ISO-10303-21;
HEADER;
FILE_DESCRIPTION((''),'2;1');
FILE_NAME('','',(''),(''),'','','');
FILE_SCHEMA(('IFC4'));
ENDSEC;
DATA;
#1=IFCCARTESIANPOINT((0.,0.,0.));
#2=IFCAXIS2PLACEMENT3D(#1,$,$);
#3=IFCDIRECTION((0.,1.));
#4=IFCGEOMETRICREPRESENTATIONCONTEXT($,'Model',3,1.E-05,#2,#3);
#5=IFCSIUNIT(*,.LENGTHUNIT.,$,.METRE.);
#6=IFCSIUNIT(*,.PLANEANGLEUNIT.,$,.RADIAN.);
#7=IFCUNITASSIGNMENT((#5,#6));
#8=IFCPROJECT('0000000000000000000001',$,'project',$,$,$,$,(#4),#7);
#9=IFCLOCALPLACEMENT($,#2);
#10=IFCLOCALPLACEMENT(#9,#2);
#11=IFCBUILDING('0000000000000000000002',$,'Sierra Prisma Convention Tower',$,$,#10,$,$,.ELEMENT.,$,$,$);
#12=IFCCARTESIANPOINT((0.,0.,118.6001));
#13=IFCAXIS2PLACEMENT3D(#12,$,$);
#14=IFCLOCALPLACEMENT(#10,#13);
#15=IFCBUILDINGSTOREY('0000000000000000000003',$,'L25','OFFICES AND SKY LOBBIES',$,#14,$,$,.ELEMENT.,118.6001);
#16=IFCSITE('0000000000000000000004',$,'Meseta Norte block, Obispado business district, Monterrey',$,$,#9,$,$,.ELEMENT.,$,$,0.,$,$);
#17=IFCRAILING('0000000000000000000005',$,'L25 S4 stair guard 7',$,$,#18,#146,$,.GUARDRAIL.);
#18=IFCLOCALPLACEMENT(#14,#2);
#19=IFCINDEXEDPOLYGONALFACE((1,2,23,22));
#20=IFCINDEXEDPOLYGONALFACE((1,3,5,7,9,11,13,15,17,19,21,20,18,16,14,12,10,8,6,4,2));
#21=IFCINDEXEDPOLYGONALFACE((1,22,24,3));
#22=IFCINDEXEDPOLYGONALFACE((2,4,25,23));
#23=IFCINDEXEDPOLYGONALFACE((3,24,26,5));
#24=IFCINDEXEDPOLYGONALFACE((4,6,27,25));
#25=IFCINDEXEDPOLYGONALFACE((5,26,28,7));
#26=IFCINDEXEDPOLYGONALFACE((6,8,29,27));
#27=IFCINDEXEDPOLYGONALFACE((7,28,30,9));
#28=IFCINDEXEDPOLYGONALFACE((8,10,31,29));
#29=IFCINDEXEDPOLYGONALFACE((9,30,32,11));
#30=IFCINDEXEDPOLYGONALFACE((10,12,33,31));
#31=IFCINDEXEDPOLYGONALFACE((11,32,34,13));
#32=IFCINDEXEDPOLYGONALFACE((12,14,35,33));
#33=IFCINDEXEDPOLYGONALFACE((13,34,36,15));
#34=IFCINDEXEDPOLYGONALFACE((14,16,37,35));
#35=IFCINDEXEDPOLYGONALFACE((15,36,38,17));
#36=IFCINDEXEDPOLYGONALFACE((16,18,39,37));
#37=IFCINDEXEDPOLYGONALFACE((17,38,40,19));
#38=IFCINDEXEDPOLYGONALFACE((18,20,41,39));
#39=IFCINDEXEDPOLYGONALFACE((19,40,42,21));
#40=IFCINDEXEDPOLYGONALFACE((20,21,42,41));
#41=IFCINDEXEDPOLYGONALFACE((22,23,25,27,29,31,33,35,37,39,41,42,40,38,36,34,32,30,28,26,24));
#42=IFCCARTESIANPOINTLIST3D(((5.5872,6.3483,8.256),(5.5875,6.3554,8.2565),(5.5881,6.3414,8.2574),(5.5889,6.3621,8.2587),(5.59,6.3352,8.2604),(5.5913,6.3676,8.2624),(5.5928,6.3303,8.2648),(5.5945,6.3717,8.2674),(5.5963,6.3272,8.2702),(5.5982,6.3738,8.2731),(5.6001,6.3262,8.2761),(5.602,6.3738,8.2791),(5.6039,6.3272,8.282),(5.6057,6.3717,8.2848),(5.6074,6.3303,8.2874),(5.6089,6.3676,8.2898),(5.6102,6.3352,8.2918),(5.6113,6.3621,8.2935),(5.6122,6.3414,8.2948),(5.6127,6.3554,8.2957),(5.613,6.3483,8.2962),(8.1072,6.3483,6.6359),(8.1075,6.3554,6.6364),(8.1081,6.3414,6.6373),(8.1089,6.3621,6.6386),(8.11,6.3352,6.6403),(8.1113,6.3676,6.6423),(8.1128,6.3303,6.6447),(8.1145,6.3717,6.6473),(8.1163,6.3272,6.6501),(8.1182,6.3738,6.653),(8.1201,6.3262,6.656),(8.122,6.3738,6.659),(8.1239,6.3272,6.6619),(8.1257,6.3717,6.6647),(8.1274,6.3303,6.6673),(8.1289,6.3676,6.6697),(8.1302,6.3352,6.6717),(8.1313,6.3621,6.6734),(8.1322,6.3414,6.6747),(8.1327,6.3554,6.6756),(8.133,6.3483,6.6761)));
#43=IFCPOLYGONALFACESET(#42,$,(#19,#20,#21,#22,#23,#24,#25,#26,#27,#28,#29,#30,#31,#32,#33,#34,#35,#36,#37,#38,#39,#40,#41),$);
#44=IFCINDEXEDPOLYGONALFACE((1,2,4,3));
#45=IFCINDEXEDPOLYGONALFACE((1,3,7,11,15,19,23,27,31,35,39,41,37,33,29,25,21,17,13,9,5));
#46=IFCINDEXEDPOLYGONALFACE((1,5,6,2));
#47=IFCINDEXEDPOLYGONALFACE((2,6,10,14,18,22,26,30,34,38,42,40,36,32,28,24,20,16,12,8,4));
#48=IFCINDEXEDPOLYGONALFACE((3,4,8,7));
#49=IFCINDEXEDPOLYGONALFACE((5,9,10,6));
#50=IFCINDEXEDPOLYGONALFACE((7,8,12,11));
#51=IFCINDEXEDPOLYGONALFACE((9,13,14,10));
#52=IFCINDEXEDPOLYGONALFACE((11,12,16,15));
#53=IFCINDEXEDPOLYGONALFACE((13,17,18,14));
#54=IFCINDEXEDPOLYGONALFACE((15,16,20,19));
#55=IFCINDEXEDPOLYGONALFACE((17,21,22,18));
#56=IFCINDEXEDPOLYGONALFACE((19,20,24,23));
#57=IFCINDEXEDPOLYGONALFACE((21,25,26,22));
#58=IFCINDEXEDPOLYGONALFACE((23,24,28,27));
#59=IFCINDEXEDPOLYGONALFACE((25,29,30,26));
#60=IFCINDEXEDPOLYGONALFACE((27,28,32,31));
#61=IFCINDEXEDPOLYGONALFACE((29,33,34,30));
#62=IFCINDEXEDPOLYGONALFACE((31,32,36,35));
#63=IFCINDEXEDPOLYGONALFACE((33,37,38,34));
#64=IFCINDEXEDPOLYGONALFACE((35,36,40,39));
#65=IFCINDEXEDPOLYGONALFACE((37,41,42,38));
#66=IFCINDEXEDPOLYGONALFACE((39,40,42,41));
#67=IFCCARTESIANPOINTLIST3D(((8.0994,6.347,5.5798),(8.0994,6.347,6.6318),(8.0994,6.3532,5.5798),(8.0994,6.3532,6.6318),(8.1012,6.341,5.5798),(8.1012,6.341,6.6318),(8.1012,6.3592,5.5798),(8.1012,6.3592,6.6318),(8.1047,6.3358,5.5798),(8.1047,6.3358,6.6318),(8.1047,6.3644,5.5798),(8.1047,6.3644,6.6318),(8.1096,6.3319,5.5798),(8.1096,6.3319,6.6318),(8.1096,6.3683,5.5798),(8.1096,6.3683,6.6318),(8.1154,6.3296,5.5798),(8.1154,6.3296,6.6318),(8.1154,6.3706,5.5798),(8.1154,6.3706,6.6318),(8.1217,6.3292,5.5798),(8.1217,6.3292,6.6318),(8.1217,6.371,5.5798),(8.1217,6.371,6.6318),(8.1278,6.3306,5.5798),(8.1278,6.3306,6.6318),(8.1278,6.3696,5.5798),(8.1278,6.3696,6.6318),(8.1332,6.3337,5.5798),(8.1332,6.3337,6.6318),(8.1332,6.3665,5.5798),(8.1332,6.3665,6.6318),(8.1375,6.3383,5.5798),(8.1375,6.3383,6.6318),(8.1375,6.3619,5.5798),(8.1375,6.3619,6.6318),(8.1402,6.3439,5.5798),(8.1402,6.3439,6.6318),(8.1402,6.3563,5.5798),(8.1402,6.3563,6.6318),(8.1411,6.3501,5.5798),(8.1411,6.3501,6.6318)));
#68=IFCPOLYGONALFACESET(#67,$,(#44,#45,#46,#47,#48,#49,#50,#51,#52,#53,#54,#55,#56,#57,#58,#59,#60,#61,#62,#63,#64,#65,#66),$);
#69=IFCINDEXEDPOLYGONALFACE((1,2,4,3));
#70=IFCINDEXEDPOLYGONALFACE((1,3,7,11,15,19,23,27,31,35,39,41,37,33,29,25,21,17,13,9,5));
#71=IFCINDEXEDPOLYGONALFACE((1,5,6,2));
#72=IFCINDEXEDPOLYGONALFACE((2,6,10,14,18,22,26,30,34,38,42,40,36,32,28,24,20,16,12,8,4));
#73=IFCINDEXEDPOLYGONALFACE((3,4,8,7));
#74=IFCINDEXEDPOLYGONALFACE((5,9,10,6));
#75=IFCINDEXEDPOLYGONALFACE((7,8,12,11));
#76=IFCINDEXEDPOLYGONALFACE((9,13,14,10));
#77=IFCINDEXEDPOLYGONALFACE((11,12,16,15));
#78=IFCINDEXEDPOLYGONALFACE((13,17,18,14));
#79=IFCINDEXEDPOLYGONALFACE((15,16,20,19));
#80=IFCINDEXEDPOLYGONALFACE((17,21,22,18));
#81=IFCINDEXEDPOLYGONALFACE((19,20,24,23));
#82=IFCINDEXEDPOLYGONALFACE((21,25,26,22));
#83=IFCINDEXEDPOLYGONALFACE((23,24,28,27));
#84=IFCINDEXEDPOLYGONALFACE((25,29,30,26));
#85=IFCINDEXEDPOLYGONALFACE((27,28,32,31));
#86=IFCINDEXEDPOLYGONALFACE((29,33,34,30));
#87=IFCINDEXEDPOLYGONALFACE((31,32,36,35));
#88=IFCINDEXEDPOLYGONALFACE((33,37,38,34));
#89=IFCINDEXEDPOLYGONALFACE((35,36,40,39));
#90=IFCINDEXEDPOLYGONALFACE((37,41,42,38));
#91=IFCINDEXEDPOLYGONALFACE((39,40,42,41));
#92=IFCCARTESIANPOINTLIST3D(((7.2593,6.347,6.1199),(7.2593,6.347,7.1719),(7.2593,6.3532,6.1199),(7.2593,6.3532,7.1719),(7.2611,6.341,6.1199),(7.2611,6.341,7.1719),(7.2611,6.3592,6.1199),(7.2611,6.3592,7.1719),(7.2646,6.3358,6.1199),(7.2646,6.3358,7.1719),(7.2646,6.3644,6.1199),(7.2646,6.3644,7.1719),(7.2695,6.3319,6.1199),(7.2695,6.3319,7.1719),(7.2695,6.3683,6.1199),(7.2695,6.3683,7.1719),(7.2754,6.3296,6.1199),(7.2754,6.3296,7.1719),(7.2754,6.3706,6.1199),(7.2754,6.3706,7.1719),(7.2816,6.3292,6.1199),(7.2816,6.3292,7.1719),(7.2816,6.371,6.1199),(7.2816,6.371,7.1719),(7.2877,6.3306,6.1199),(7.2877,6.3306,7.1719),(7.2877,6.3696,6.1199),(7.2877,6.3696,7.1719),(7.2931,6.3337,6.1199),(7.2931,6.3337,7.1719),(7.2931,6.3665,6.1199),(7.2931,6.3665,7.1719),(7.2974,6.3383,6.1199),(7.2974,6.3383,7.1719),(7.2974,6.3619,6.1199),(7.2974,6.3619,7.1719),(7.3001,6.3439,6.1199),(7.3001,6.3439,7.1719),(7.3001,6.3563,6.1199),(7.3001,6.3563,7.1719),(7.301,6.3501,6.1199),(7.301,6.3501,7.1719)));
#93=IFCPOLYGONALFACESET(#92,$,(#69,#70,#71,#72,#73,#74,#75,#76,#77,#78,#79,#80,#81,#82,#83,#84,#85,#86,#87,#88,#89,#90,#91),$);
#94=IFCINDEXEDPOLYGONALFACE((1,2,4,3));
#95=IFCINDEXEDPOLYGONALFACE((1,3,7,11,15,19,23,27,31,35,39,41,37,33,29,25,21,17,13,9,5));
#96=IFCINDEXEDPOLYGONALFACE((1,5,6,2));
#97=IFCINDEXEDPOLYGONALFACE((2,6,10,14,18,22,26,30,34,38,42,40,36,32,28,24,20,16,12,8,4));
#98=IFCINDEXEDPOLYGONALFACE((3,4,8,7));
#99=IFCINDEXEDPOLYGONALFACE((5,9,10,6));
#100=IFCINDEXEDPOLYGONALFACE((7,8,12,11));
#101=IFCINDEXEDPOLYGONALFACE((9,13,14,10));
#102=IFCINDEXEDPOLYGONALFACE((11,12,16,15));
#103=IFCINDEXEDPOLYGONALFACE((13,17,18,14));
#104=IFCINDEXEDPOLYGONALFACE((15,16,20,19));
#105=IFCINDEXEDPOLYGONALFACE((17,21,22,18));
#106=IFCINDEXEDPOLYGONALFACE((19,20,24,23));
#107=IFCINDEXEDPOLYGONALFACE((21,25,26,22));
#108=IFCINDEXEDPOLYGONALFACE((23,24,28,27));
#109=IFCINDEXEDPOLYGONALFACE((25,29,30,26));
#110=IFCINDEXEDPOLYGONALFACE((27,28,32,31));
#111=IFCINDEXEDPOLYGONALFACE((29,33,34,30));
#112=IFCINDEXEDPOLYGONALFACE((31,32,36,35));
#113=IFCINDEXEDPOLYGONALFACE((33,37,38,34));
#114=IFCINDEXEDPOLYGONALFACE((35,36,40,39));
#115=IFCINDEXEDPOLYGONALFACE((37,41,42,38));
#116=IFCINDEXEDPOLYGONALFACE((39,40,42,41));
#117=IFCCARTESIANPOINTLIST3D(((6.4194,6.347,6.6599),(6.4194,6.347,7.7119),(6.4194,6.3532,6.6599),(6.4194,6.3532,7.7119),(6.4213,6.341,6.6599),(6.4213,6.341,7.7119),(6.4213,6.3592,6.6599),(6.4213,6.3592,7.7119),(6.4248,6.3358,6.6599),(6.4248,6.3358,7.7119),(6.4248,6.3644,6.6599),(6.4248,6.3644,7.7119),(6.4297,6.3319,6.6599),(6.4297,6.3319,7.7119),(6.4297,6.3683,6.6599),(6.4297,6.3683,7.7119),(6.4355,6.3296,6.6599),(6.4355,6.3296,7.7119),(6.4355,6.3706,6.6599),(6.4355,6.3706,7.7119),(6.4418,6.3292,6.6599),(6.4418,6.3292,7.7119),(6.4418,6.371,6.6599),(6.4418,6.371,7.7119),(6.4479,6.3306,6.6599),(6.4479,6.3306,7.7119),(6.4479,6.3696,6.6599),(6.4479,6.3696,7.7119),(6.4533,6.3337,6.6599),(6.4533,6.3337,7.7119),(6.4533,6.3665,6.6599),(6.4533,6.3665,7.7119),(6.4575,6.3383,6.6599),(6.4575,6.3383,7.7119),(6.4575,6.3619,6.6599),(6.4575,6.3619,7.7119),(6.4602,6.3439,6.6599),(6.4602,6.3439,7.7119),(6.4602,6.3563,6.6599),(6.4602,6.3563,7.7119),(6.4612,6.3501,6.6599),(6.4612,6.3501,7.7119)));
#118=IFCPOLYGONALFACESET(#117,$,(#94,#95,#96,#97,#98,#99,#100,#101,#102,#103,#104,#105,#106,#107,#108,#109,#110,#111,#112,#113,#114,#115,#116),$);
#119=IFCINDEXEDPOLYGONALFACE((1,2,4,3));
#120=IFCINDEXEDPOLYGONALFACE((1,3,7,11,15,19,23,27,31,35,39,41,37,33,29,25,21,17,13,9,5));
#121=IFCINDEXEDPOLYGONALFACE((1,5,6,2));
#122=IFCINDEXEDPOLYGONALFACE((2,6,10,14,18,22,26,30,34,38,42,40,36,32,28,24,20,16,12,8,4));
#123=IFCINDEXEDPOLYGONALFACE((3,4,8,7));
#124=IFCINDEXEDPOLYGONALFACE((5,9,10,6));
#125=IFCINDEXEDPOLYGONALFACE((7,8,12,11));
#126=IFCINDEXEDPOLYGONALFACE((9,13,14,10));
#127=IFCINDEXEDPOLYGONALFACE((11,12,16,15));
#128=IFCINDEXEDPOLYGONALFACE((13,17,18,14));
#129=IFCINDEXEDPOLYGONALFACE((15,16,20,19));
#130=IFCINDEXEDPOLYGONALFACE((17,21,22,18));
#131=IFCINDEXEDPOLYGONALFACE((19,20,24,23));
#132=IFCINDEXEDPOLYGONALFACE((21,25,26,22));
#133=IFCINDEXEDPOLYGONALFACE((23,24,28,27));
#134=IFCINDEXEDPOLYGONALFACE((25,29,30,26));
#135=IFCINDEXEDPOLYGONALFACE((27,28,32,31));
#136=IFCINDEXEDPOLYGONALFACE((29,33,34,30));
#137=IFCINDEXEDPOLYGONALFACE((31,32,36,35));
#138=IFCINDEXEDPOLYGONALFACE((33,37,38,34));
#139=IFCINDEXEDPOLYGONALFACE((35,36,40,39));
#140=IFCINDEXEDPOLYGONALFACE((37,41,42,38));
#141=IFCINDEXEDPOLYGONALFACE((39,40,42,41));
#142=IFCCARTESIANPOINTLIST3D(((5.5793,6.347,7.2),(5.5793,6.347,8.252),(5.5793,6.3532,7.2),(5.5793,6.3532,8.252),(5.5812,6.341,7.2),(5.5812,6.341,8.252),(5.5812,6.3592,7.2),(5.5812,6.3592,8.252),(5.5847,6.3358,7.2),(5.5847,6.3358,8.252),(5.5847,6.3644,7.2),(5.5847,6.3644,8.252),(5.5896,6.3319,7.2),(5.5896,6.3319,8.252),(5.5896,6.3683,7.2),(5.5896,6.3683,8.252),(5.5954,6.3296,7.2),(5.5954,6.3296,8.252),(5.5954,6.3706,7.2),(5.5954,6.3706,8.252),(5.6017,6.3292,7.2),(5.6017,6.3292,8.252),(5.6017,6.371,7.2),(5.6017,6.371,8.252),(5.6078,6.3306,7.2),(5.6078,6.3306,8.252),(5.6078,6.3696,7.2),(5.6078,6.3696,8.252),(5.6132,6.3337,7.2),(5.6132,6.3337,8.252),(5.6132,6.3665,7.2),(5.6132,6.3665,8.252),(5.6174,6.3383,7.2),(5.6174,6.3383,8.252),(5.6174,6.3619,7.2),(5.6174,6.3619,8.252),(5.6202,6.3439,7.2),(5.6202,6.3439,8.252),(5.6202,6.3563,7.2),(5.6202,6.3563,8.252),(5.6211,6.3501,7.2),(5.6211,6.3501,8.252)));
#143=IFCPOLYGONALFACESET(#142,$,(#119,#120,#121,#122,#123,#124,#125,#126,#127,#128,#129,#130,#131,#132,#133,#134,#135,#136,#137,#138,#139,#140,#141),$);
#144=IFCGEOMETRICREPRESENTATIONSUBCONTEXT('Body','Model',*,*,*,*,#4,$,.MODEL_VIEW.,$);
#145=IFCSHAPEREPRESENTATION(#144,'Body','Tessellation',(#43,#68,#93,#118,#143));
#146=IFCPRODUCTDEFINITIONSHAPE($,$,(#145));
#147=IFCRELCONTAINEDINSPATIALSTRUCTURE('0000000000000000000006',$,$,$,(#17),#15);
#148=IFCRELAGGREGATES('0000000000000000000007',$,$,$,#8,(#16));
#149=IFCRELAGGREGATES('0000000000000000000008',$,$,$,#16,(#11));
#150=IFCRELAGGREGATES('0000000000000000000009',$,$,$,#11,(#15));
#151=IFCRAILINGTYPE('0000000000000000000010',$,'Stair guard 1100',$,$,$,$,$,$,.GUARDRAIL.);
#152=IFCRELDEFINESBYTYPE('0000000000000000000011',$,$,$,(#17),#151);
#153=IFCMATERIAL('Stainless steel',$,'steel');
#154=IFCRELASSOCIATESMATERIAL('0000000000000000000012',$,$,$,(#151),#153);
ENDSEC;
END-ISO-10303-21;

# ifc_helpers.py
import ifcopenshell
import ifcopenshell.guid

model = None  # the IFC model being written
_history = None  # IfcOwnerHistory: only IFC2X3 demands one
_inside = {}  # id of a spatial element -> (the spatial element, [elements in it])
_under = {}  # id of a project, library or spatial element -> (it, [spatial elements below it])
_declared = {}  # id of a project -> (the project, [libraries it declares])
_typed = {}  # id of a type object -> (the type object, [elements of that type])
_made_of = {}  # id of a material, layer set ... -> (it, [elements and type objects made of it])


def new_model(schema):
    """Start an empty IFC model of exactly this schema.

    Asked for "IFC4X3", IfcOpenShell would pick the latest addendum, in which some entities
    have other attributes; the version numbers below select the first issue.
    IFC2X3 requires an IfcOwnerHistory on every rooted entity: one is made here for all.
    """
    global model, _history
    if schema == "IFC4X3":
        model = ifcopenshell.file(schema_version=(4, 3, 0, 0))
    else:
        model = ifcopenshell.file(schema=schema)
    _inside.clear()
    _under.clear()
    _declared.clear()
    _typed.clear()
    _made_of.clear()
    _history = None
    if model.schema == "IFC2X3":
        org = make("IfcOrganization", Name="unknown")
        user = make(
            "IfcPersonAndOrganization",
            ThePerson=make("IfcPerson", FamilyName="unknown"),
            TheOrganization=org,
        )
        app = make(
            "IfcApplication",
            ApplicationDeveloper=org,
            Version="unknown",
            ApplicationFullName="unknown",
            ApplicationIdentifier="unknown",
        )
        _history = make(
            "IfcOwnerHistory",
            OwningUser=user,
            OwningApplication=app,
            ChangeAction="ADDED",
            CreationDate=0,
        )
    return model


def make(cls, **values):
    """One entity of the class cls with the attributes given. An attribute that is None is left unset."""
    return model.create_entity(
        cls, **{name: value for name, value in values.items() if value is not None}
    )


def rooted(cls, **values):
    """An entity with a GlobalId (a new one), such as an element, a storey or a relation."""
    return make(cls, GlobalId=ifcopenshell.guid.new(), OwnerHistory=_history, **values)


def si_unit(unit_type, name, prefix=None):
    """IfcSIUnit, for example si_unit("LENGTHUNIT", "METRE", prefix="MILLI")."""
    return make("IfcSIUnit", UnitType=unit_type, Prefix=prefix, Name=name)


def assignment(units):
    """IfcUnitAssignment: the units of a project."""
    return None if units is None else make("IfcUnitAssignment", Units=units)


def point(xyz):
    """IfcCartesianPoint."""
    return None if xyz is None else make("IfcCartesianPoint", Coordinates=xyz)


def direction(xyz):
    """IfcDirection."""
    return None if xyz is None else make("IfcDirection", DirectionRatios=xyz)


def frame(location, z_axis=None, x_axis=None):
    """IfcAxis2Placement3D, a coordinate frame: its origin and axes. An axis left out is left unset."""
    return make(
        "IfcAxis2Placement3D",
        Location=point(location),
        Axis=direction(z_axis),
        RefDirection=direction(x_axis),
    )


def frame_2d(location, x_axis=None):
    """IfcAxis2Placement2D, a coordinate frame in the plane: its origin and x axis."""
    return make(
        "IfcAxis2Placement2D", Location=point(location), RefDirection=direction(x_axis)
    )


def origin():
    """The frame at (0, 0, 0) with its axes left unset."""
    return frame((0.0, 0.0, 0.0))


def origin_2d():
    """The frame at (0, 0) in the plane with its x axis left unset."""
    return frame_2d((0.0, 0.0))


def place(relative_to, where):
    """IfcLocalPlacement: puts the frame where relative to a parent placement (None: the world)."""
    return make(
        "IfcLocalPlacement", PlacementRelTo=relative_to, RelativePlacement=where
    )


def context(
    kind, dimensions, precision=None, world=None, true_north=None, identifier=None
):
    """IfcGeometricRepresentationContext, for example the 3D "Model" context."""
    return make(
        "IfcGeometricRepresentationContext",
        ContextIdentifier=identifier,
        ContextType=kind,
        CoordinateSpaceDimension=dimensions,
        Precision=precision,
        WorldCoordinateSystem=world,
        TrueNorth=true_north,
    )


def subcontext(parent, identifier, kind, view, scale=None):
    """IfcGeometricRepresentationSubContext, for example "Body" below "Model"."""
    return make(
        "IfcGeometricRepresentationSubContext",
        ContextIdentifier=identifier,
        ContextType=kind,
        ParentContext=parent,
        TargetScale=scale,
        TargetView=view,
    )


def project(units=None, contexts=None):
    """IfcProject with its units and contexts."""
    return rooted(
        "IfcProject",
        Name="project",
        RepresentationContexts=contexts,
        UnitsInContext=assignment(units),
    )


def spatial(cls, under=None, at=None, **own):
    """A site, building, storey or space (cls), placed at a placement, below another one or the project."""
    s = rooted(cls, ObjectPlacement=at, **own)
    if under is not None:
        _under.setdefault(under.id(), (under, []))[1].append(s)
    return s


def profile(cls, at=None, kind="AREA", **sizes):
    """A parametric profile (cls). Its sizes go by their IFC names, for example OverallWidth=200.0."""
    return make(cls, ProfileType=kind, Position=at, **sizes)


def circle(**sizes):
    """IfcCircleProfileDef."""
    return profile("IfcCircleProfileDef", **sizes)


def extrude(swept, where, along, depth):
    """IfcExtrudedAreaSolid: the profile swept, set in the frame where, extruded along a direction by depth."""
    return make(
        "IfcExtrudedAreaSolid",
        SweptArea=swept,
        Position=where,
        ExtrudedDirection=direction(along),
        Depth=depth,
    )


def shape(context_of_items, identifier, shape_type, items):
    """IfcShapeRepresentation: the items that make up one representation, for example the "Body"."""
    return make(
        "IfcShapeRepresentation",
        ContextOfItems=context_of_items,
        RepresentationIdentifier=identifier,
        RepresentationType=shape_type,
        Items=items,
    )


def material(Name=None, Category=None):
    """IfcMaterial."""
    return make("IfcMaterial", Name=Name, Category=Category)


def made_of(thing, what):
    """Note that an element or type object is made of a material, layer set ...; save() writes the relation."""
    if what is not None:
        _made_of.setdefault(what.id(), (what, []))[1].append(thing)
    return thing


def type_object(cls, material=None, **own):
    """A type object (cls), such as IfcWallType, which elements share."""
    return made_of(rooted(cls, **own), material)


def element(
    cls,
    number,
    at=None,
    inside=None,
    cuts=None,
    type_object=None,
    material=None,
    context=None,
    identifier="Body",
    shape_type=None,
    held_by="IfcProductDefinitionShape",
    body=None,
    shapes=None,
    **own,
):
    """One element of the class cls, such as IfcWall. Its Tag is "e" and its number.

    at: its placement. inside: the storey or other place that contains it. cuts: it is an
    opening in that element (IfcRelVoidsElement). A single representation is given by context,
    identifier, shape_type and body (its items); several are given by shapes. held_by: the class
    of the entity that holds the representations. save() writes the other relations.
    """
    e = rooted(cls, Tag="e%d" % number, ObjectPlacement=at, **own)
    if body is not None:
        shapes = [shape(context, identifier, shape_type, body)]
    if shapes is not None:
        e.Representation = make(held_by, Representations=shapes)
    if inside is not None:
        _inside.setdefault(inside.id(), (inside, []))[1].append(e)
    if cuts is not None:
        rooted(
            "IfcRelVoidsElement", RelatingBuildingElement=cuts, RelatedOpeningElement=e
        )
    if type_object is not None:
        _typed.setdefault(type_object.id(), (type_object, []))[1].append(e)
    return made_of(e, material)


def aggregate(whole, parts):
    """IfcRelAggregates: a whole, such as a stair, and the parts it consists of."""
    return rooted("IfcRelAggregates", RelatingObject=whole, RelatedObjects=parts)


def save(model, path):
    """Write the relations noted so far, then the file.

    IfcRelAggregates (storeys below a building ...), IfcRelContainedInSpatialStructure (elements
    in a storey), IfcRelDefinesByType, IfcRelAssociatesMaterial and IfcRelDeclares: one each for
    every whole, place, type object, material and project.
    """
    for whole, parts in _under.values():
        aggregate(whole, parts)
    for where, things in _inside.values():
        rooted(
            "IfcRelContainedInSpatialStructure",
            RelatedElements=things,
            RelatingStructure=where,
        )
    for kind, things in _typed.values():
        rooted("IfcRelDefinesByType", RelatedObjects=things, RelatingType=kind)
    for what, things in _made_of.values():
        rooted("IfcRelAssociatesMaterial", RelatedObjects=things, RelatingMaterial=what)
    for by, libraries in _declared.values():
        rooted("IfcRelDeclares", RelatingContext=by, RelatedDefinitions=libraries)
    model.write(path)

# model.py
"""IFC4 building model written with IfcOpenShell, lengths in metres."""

from ifc_helpers import new_model, si_unit, direction, frame, origin, origin_2d, place, context, subcontext, project, spatial, circle, extrude, material, type_object, element, save


model = new_model("IFC4")

# Units and contexts
model_context = context("Model", 3, precision=1e-05, world=origin(), true_north=direction((0.0, 1.0)))
body_context = subcontext(model_context, "Body", "Model", "MODEL_VIEW")
ifc_project = project(units=[si_unit("LENGTHUNIT", "METRE"), si_unit("PLANEANGLEUNIT", "RADIAN")], contexts=[model_context])

# Site, building, storey
site_placement = place(None, origin())
site = spatial("IfcSite", under=ifc_project, at=site_placement, Name="Meseta Norte block, Obispado business district, Monterrey", CompositionType="ELEMENT", RefElevation=0.0)
building_placement = place(site_placement, origin())
building = spatial("IfcBuilding", under=site, at=building_placement, Name="Sierra Prisma Convention Tower", CompositionType="ELEMENT")
storey_placement = place(building_placement, frame((0.0, 0.0, 118.6001)))
storey = spatial("IfcBuildingStorey", under=building, at=storey_placement, Name="L25", Description="OFFICES AND SKY LOBBIES", CompositionType="ELEMENT", Elevation=118.6001)

# Railing
ifc_material_1 = material(Name="Stainless steel", Category="steel")
railing_type = type_object("IfcRailingType", Name="Stair guard 1100", PredefinedType="GUARDRAIL", material=ifc_material_1)
railing_1_placement = place(storey_placement, frame((8.1201, 6.3501, 5.5798)))
element("IfcRailing", 1, at=railing_1_placement, inside=storey, type_object=railing_type, Name="L25 S4 stair guard 7", PredefinedType="GUARDRAIL", context=body_context, shape_type="SweptSolid", body=[
    extrude(circle(Radius=0.0239, at=origin_2d()), frame((0.0, 0.0, 1.0762), z_axis=(-0.841163, 0.0, 0.540782), x_axis=(0.0, -1.0, 0.0)), (0.0, 0.0, 1.0), 2.9958),
    extrude(circle(Radius=0.021, at=origin_2d()), origin(), (0.0, 0.0, 1.0), 1.052),
    extrude(circle(Radius=0.021, at=origin_2d()), frame((-0.8401, 0.0, 0.54)), (0.0, 0.0, 1.0), 1.052),
    extrude(circle(Radius=0.021, at=origin_2d()), frame((-1.6799, 0.0, 1.0801)), (0.0, 0.0, 1.0), 1.052),
    extrude(circle(Radius=0.021, at=origin_2d()), frame((-2.52, 0.0, 1.6201)), (0.0, 0.0, 1.0), 1.052),
])

save(model, "model.ifc")
